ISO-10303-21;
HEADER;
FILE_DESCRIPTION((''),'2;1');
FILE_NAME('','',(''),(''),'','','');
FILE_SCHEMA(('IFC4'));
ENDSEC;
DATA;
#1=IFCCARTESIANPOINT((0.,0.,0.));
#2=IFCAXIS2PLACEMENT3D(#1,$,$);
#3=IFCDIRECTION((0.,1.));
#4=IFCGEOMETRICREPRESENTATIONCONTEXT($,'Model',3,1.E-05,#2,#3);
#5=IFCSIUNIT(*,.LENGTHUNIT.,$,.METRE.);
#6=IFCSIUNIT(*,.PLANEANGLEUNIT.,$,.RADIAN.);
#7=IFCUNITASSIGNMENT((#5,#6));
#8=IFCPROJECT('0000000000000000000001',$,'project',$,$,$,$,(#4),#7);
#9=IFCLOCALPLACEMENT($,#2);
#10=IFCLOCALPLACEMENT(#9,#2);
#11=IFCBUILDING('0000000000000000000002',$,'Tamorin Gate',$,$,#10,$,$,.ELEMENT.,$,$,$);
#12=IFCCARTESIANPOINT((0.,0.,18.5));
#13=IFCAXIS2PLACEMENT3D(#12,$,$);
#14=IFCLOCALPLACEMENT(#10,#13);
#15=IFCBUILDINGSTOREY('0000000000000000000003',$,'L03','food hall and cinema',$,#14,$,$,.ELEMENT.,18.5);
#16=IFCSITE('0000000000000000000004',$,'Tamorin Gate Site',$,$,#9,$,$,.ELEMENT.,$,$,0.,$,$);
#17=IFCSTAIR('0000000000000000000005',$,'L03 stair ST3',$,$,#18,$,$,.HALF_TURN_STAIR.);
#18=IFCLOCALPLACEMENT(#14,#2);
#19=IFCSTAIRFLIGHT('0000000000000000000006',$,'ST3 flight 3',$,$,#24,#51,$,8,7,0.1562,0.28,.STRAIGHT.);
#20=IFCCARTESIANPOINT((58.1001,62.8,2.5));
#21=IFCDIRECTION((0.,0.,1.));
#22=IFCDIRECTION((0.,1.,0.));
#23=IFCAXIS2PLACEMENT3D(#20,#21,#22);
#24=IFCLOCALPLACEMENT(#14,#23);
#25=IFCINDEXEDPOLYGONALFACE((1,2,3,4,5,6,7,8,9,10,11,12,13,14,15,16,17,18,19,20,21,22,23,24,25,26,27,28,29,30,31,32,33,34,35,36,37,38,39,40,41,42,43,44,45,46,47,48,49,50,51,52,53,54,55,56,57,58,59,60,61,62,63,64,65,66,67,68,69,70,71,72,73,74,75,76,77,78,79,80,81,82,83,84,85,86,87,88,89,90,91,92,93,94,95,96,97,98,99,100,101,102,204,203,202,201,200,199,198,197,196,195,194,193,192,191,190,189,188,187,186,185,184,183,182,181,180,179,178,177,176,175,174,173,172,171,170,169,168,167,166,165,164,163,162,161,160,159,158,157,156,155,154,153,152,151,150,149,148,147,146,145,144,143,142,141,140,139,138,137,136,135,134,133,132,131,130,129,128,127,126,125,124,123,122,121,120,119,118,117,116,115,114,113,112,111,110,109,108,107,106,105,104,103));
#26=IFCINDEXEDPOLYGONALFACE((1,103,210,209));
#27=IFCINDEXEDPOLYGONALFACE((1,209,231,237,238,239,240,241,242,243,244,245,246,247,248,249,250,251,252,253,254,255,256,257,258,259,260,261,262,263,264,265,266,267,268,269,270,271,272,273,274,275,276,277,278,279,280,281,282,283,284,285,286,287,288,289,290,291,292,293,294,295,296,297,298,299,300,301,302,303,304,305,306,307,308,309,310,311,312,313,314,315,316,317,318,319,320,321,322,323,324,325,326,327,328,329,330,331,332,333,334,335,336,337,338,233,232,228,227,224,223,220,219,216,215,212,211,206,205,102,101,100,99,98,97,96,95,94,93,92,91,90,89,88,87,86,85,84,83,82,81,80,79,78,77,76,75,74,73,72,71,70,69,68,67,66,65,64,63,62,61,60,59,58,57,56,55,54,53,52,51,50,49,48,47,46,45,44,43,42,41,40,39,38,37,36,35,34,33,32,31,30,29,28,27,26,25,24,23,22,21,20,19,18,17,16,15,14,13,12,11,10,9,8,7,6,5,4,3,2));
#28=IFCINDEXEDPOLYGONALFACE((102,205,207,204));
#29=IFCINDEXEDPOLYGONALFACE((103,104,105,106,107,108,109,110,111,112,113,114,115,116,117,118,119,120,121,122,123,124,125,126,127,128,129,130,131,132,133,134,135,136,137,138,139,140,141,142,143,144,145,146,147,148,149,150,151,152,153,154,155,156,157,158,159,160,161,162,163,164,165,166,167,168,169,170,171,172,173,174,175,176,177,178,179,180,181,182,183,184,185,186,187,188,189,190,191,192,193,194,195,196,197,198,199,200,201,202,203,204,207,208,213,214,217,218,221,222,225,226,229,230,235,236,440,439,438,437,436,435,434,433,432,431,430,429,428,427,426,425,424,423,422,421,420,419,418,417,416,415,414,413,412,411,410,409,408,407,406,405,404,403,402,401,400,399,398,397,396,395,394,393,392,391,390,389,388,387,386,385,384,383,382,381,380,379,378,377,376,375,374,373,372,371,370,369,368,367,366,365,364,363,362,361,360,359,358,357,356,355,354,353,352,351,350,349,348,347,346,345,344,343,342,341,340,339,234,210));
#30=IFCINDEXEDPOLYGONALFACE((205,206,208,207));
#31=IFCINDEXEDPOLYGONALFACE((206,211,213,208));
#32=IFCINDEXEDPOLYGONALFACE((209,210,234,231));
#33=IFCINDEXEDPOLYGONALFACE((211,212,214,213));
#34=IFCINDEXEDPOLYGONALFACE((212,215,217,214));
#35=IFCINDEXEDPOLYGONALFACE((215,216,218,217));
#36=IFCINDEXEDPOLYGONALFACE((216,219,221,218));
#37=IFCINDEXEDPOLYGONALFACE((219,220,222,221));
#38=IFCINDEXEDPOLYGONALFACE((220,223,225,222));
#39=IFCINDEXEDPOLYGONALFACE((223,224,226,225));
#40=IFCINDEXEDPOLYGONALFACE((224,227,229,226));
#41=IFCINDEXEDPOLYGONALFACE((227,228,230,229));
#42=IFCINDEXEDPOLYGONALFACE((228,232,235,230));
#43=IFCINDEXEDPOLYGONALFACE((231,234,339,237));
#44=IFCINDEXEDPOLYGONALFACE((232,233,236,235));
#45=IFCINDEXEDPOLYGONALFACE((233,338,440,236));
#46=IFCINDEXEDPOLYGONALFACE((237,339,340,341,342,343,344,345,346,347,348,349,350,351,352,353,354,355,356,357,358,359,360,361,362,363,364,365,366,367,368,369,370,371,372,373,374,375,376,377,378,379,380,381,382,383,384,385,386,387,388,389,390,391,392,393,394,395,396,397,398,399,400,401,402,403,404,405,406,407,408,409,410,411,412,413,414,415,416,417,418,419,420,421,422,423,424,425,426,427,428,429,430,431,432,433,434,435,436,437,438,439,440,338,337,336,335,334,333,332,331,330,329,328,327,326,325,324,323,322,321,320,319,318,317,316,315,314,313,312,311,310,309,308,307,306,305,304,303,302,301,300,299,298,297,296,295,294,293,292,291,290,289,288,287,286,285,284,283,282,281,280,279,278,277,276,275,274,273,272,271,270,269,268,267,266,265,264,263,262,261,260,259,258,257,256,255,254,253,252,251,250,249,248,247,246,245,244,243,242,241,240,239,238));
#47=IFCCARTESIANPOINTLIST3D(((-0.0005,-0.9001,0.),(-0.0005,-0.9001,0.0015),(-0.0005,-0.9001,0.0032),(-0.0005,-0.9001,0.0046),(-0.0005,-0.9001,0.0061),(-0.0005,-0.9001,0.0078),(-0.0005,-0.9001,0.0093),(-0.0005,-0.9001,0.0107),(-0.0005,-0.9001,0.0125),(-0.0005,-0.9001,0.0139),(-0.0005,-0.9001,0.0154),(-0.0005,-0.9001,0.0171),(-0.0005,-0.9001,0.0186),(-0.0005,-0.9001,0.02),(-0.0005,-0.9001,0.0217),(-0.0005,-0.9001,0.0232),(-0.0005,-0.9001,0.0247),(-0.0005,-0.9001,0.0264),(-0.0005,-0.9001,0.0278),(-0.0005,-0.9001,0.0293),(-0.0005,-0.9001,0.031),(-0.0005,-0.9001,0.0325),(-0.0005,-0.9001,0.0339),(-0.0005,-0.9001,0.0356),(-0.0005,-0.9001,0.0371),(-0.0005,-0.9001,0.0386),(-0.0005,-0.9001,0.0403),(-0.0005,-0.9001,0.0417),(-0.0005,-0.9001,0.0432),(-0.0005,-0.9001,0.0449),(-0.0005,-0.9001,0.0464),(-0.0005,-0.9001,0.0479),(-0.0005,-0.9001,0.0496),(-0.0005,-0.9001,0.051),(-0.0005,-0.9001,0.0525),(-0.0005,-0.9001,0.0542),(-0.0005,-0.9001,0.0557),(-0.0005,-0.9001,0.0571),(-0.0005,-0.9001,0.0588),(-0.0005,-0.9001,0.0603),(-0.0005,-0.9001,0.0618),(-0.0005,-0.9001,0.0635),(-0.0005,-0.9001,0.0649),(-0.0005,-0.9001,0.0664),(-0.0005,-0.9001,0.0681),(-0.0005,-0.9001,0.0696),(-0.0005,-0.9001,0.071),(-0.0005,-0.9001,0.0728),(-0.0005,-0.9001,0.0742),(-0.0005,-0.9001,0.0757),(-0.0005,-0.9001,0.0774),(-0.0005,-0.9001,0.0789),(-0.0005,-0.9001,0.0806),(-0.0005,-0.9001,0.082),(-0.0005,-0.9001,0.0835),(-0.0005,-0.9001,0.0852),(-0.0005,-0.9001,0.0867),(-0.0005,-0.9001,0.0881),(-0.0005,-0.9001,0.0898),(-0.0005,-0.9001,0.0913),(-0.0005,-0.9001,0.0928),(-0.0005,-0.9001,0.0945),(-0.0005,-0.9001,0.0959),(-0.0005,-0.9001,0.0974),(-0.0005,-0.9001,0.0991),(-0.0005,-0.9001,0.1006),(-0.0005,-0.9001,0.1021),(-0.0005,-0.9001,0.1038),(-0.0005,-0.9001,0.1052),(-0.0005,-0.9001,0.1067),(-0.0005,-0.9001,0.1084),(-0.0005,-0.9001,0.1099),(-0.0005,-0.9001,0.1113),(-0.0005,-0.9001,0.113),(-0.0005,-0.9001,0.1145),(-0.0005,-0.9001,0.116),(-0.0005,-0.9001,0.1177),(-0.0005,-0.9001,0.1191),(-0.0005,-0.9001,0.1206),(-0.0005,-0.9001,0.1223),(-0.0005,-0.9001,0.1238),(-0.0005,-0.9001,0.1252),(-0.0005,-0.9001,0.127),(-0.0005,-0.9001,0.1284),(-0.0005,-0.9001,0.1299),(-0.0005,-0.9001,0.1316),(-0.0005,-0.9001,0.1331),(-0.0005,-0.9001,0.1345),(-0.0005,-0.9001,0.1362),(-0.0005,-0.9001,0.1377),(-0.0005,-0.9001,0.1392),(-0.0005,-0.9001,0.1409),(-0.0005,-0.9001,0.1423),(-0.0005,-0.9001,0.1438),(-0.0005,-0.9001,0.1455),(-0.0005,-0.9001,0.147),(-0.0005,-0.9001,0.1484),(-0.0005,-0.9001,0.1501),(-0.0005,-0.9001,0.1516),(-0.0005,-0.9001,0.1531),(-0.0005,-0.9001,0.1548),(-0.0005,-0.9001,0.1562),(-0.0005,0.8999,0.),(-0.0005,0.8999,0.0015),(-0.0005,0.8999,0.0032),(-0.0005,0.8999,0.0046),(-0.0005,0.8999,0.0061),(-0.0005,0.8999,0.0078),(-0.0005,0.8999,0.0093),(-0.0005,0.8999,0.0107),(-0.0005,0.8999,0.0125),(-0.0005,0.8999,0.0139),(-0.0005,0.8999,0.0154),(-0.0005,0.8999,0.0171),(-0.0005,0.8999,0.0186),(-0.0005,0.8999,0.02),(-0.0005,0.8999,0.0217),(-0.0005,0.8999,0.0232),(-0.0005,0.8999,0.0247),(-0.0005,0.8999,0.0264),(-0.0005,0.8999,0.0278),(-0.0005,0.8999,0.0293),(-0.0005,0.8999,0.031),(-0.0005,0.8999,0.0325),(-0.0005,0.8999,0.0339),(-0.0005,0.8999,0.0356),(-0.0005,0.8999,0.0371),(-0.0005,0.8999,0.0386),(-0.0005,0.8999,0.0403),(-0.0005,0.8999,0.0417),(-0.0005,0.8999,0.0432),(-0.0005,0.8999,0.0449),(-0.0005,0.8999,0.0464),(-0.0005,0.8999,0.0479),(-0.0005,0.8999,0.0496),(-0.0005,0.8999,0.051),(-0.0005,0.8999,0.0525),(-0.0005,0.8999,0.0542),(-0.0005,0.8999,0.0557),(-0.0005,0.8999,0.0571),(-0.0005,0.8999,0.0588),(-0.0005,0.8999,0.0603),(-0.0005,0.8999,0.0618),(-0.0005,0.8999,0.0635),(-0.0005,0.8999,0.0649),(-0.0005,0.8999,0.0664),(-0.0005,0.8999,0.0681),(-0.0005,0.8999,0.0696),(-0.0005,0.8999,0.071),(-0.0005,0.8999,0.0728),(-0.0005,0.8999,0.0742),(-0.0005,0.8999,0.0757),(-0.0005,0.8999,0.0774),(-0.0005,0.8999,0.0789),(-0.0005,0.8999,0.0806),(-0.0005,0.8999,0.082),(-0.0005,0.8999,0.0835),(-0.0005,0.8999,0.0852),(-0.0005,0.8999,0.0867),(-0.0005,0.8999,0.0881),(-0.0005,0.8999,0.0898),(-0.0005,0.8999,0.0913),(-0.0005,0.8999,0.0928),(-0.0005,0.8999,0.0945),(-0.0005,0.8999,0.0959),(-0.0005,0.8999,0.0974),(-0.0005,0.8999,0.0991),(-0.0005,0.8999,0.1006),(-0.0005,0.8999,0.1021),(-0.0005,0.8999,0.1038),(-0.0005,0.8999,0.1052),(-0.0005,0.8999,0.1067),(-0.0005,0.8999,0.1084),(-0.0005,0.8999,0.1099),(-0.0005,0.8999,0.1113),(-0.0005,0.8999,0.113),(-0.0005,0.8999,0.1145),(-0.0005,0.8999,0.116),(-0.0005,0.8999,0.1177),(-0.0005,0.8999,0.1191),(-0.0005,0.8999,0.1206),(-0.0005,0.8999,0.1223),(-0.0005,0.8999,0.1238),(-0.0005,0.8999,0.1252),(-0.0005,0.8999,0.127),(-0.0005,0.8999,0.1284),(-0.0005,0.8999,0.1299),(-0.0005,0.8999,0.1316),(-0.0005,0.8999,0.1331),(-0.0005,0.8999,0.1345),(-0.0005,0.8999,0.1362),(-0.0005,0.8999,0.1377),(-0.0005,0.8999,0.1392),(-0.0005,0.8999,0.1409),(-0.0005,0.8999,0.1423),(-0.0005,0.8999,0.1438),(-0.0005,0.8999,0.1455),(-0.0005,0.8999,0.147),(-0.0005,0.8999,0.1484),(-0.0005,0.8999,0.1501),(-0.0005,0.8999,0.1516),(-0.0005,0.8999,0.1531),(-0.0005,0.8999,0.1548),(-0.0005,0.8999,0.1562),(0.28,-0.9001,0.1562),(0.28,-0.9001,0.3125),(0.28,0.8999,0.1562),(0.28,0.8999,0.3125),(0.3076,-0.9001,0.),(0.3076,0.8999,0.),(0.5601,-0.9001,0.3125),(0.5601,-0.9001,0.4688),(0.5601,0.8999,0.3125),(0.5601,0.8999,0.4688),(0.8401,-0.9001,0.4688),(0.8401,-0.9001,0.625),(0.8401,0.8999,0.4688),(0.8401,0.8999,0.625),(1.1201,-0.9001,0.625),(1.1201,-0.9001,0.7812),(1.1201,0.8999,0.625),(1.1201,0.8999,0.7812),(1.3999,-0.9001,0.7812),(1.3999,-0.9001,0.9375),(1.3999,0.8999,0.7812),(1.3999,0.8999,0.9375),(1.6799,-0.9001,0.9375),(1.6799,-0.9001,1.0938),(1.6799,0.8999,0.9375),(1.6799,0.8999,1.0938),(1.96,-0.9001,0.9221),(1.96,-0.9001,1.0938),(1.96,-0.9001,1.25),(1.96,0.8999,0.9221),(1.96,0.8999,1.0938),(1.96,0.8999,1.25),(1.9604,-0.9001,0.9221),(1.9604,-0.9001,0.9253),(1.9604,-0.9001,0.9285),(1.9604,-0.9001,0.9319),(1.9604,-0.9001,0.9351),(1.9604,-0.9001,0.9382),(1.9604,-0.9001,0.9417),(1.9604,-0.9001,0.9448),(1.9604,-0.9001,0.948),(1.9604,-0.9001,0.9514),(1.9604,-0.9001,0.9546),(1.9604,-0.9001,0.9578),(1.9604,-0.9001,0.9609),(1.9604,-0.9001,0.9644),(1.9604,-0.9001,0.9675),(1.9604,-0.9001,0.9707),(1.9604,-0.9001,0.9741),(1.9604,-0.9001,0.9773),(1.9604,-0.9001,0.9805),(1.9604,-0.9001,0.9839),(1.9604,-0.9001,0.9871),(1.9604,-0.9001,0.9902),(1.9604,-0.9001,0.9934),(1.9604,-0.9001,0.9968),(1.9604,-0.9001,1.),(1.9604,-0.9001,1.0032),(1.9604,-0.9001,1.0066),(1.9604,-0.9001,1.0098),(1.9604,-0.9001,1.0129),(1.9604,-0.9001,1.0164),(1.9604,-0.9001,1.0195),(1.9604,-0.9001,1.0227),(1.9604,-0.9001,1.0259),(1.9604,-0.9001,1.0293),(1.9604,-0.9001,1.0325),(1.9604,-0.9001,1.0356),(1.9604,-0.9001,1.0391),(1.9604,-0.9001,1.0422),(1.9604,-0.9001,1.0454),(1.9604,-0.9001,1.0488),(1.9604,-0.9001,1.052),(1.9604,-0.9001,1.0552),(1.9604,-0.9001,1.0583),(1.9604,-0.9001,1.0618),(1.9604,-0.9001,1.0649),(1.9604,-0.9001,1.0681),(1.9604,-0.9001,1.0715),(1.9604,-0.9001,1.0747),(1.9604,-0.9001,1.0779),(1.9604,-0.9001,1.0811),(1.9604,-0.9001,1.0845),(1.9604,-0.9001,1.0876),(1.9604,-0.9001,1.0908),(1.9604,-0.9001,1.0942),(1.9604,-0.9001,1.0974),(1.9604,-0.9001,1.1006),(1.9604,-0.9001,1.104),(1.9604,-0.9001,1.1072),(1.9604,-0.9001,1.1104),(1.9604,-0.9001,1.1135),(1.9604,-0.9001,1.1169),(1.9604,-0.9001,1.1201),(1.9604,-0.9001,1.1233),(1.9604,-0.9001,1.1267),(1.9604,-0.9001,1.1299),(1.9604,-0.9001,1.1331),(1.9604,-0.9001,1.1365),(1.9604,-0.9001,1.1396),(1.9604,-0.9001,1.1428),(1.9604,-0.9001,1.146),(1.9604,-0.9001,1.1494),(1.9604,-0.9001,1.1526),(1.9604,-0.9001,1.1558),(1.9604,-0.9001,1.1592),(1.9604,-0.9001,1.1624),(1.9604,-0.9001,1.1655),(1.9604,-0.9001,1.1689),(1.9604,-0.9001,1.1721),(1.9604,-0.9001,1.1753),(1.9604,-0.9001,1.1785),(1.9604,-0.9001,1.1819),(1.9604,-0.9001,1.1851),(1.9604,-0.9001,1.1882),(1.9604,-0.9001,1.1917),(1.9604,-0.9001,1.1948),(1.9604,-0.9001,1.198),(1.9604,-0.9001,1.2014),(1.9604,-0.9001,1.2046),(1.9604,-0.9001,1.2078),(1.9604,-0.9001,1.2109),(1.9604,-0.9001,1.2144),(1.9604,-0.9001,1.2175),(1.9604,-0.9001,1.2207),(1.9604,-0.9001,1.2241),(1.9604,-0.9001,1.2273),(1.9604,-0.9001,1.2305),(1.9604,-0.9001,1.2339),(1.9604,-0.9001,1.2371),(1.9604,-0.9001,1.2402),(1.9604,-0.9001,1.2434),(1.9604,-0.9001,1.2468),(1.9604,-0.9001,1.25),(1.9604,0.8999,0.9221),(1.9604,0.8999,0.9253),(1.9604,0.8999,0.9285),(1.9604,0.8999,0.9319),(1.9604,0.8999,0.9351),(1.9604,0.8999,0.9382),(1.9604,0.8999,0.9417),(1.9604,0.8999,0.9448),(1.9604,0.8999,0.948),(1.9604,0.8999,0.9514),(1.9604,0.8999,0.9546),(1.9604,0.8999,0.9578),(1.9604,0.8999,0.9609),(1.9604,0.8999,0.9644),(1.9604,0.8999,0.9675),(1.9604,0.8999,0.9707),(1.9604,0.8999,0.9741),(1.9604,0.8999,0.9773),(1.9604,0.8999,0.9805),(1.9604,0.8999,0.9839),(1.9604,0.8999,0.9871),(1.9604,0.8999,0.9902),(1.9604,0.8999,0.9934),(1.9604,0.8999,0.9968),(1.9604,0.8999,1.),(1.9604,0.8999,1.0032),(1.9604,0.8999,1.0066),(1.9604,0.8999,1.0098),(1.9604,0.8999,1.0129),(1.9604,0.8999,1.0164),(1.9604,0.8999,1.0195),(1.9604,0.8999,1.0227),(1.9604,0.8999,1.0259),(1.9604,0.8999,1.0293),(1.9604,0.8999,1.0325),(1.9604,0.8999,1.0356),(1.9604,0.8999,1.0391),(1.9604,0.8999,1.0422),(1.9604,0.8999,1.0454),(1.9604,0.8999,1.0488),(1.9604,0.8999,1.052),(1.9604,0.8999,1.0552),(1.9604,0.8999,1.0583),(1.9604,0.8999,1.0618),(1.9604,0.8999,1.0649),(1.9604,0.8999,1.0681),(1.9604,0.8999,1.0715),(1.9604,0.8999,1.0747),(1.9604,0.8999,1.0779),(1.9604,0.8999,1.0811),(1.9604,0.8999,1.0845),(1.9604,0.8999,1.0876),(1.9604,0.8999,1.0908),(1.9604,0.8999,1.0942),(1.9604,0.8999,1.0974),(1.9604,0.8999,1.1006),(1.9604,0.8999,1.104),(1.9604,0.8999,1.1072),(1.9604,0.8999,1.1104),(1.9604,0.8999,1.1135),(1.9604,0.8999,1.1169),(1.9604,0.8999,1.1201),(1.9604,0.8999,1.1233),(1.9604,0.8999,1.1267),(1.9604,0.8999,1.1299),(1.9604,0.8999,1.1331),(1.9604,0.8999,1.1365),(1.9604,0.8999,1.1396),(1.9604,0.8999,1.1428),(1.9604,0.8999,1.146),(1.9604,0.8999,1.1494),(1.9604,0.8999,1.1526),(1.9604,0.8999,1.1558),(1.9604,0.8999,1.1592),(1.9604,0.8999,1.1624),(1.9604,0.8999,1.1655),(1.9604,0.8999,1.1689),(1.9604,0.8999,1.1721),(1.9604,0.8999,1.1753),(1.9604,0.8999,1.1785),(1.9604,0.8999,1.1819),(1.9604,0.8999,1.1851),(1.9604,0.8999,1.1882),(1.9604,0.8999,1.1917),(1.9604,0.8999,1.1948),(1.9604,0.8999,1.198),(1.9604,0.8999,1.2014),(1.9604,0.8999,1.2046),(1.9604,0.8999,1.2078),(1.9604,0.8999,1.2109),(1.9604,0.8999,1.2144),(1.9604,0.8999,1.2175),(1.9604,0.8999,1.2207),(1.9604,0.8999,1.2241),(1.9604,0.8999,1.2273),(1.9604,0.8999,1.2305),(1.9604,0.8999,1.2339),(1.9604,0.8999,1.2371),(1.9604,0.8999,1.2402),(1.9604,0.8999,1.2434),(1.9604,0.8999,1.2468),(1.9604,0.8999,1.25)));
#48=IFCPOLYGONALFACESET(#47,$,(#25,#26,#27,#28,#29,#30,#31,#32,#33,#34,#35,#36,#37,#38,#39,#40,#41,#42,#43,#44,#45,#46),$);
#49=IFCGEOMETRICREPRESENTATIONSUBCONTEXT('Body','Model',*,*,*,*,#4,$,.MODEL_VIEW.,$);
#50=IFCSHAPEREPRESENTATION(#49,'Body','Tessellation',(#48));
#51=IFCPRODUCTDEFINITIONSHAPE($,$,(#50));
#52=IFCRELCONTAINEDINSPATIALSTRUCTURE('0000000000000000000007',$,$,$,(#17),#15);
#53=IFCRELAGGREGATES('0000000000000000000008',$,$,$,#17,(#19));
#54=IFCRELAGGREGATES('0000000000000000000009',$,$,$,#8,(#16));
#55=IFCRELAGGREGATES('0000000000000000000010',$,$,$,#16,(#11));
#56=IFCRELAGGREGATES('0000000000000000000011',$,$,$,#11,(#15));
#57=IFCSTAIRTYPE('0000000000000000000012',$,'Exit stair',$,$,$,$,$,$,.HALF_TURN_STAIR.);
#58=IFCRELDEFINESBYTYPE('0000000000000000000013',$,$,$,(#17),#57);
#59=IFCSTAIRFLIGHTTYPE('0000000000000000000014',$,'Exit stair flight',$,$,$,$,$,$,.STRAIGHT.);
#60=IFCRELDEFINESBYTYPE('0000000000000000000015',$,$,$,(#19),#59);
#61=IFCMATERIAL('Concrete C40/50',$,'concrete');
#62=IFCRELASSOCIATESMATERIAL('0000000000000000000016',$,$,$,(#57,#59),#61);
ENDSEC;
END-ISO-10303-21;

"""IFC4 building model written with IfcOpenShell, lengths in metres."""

from ifc_helpers import new_model, si_unit, direction, frame, origin, place, context, subcontext, project, spatial, polyline, outline, extrude, material, type_object, element, aggregate, save


model = new_model("IFC4")

# Units and contexts
model_context = context("Model", 3, precision=1e-05, world=origin(), true_north=direction((0.0, 1.0)))
body_context = subcontext(model_context, "Body", "Model", "MODEL_VIEW")
ifc_project = project(units=[si_unit("LENGTHUNIT", "METRE"), si_unit("PLANEANGLEUNIT", "RADIAN")], contexts=[model_context])

# Site, building, storey
site_placement = place(None, origin())
site = spatial("IfcSite", under=ifc_project, at=site_placement, Name="Tamorin Gate Site", CompositionType="ELEMENT", RefElevation=0.0)
building_placement = place(site_placement, origin())
building = spatial("IfcBuilding", under=site, at=building_placement, Name="Tamorin Gate", CompositionType="ELEMENT")
storey_placement = place(building_placement, frame((0.0, 0.0, 18.5)))
storey = spatial("IfcBuildingStorey", under=building, at=storey_placement, Name="L03", Description="food hall and cinema", CompositionType="ELEMENT", Elevation=18.5)

# Stair, stair flight
ifc_material_1 = material(Name="Concrete C40/50", Category="concrete")
stair_type = type_object("IfcStairType", Name="Exit stair", PredefinedType="HALF_TURN_STAIR", material=ifc_material_1)
stair_placement = place(storey_placement, origin())
stair = element("IfcStair", 1, at=stair_placement, inside=storey, type_object=stair_type, Name="L03 stair ST3", PredefinedType="HALF_TURN_STAIR")
stair_flight_type = type_object("IfcStairFlightType", Name="Exit stair flight", PredefinedType="STRAIGHT", material=ifc_material_1)
stair_flight_1_placement = place(storey_placement, frame((58.1001, 62.8, 2.5), z_axis=(0.0, 0.0, 1.0), x_axis=(0.0, 1.0, 0.0)))
stair_flight_1 = element("IfcStairFlight", 2, at=stair_flight_1_placement, type_object=stair_flight_type, Name="ST3 flight 3", NumberOfRisers=8, NumberOfTreads=7, PredefinedType="STRAIGHT", RiserHeight=0.1562, TreadLength=0.28, context=body_context, shape_type="SweptSolid", body=[
    extrude(outline(polyline([(-0.0005, 0.0), (-0.0005, 0.0015), (-0.0005, 0.0032), (-0.0005, 0.0046), (-0.0005, 0.0061), (-0.0005, 0.0078), (-0.0005, 0.0093), (-0.0005, 0.0107), (-0.0005, 0.0125), (-0.0005, 0.0139), (-0.0005, 0.0154), (-0.0005, 0.0171), (-0.0005, 0.0186), (-0.0005, 0.02), (-0.0005, 0.0217), (-0.0005, 0.0232), (-0.0005, 0.0247), (-0.0005, 0.0264), (-0.0005, 0.0278), (-0.0005, 0.0293), (-0.0005, 0.031), (-0.0005, 0.0325), (-0.0005, 0.0339), (-0.0005, 0.0356), (-0.0005, 0.0371), (-0.0005, 0.0386), (-0.0005, 0.0403), (-0.0005, 0.0417), (-0.0005, 0.0432), (-0.0005, 0.0449), (-0.0005, 0.0464), (-0.0005, 0.0479), (-0.0005, 0.0496), (-0.0005, 0.051), (-0.0005, 0.0525), (-0.0005, 0.0542), (-0.0005, 0.0557), (-0.0005, 0.0571), (-0.0005, 0.0588), (-0.0005, 0.0603), (-0.0005, 0.0618), (-0.0005, 0.0635), (-0.0005, 0.0649), (-0.0005, 0.0664), (-0.0005, 0.0681), (-0.0005, 0.0696), (-0.0005, 0.071), (-0.0005, 0.0728), (-0.0005, 0.0742), (-0.0005, 0.0757), (-0.0005, 0.0774), (-0.0005, 0.0789), (-0.0005, 0.0806), (-0.0005, 0.082), (-0.0005, 0.0835), (-0.0005, 0.0852), (-0.0005, 0.0867), (-0.0005, 0.0881), (-0.0005, 0.0898), (-0.0005, 0.0913), (-0.0005, 0.0928), (-0.0005, 0.0945), (-0.0005, 0.0959), (-0.0005, 0.0974), (-0.0005, 0.0991), (-0.0005, 0.1006), (-0.0005, 0.1021), (-0.0005, 0.1038), (-0.0005, 0.1052), (-0.0005, 0.1067), (-0.0005, 0.1084), (-0.0005, 0.1099), (-0.0005, 0.1113), (-0.0005, 0.113), (-0.0005, 0.1145), (-0.0005, 0.116), (-0.0005, 0.1177), (-0.0005, 0.1191), (-0.0005, 0.1206), (-0.0005, 0.1223), (-0.0005, 0.1238), (-0.0005, 0.1252), (-0.0005, 0.127), (-0.0005, 0.1284), (-0.0005, 0.1299), (-0.0005, 0.1316), (-0.0005, 0.1331), (-0.0005, 0.1345), (-0.0005, 0.1362), (-0.0005, 0.1377), (-0.0005, 0.1392), (-0.0005, 0.1409), (-0.0005, 0.1423), (-0.0005, 0.1438), (-0.0005, 0.1455), (-0.0005, 0.147), (-0.0005, 0.1484), (-0.0005, 0.1501), (-0.0005, 0.1516), (-0.0005, 0.1531), (-0.0005, 0.1548), (-0.0005, 0.1562), (0.28, 0.1562), (0.28, 0.3125), (0.5601, 0.3125), (0.5601, 0.4688), (0.8401, 0.4688), (0.8401, 0.625), (1.1201, 0.625), (1.1201, 0.7812), (1.3999, 0.7812), (1.3999, 0.9375), (1.6799, 0.9375), (1.6799, 1.0938), (1.96, 1.0938), (1.96, 1.25), (1.9604, 1.25), (1.9604, 1.2468), (1.9604, 1.2434), (1.9604, 1.2402), (1.9604, 1.2371), (1.9604, 1.2339), (1.9604, 1.2305), (1.9604, 1.2273), (1.9604, 1.2241), (1.9604, 1.2207), (1.9604, 1.2175), (1.9604, 1.2144), (1.9604, 1.2109), (1.9604, 1.2078), (1.9604, 1.2046), (1.9604, 1.2014), (1.9604, 1.198), (1.9604, 1.1948), (1.9604, 1.1917), (1.9604, 1.1882), (1.9604, 1.1851), (1.9604, 1.1819), (1.9604, 1.1785), (1.9604, 1.1753), (1.9604, 1.1721), (1.9604, 1.1689), (1.9604, 1.1655), (1.9604, 1.1624), (1.9604, 1.1592), (1.9604, 1.1558), (1.9604, 1.1526), (1.9604, 1.1494), (1.9604, 1.146), (1.9604, 1.1428), (1.9604, 1.1396), (1.9604, 1.1365), (1.9604, 1.1331), (1.9604, 1.1299), (1.9604, 1.1267), (1.9604, 1.1233), (1.9604, 1.1201), (1.9604, 1.1169), (1.9604, 1.1135), (1.9604, 1.1104), (1.9604, 1.1072), (1.9604, 1.104), (1.9604, 1.1006), (1.9604, 1.0974), (1.9604, 1.0942), (1.9604, 1.0908), (1.9604, 1.0876), (1.9604, 1.0845), (1.9604, 1.0811), (1.9604, 1.0779), (1.9604, 1.0747), (1.9604, 1.0715), (1.9604, 1.0681), (1.9604, 1.0649), (1.9604, 1.0618), (1.9604, 1.0583), (1.9604, 1.0552), (1.9604, 1.052), (1.9604, 1.0488), (1.9604, 1.0454), (1.9604, 1.0422), (1.9604, 1.0391), (1.9604, 1.0356), (1.9604, 1.0325), (1.9604, 1.0293), (1.9604, 1.0259), (1.9604, 1.0227), (1.9604, 1.0195), (1.9604, 1.0164), (1.9604, 1.0129), (1.9604, 1.0098), (1.9604, 1.0066), (1.9604, 1.0032), (1.9604, 1.0), (1.9604, 0.9968), (1.9604, 0.9934), (1.9604, 0.9902), (1.9604, 0.9871), (1.9604, 0.9839), (1.9604, 0.9805), (1.9604, 0.9773), (1.9604, 0.9741), (1.9604, 0.9707), (1.9604, 0.9675), (1.9604, 0.9644), (1.9604, 0.9609), (1.9604, 0.9578), (1.9604, 0.9546), (1.9604, 0.9514), (1.9604, 0.948), (1.9604, 0.9448), (1.9604, 0.9417), (1.9604, 0.9382), (1.9604, 0.9351), (1.9604, 0.9319), (1.9604, 0.9285), (1.9604, 0.9253), (1.9604, 0.9221), (1.96, 0.9221), (0.3076, 0.0), (-0.0005, 0.0)])), frame((0.0, 0.8999, 0.0), z_axis=(0.0, -1.0, 0.0), x_axis=(1.0, 0.0, 0.0)), (0.0, 0.0, 1.0), 1.8),
])
aggregate(stair, [stair_flight_1])

save(model, "model.ifc")
